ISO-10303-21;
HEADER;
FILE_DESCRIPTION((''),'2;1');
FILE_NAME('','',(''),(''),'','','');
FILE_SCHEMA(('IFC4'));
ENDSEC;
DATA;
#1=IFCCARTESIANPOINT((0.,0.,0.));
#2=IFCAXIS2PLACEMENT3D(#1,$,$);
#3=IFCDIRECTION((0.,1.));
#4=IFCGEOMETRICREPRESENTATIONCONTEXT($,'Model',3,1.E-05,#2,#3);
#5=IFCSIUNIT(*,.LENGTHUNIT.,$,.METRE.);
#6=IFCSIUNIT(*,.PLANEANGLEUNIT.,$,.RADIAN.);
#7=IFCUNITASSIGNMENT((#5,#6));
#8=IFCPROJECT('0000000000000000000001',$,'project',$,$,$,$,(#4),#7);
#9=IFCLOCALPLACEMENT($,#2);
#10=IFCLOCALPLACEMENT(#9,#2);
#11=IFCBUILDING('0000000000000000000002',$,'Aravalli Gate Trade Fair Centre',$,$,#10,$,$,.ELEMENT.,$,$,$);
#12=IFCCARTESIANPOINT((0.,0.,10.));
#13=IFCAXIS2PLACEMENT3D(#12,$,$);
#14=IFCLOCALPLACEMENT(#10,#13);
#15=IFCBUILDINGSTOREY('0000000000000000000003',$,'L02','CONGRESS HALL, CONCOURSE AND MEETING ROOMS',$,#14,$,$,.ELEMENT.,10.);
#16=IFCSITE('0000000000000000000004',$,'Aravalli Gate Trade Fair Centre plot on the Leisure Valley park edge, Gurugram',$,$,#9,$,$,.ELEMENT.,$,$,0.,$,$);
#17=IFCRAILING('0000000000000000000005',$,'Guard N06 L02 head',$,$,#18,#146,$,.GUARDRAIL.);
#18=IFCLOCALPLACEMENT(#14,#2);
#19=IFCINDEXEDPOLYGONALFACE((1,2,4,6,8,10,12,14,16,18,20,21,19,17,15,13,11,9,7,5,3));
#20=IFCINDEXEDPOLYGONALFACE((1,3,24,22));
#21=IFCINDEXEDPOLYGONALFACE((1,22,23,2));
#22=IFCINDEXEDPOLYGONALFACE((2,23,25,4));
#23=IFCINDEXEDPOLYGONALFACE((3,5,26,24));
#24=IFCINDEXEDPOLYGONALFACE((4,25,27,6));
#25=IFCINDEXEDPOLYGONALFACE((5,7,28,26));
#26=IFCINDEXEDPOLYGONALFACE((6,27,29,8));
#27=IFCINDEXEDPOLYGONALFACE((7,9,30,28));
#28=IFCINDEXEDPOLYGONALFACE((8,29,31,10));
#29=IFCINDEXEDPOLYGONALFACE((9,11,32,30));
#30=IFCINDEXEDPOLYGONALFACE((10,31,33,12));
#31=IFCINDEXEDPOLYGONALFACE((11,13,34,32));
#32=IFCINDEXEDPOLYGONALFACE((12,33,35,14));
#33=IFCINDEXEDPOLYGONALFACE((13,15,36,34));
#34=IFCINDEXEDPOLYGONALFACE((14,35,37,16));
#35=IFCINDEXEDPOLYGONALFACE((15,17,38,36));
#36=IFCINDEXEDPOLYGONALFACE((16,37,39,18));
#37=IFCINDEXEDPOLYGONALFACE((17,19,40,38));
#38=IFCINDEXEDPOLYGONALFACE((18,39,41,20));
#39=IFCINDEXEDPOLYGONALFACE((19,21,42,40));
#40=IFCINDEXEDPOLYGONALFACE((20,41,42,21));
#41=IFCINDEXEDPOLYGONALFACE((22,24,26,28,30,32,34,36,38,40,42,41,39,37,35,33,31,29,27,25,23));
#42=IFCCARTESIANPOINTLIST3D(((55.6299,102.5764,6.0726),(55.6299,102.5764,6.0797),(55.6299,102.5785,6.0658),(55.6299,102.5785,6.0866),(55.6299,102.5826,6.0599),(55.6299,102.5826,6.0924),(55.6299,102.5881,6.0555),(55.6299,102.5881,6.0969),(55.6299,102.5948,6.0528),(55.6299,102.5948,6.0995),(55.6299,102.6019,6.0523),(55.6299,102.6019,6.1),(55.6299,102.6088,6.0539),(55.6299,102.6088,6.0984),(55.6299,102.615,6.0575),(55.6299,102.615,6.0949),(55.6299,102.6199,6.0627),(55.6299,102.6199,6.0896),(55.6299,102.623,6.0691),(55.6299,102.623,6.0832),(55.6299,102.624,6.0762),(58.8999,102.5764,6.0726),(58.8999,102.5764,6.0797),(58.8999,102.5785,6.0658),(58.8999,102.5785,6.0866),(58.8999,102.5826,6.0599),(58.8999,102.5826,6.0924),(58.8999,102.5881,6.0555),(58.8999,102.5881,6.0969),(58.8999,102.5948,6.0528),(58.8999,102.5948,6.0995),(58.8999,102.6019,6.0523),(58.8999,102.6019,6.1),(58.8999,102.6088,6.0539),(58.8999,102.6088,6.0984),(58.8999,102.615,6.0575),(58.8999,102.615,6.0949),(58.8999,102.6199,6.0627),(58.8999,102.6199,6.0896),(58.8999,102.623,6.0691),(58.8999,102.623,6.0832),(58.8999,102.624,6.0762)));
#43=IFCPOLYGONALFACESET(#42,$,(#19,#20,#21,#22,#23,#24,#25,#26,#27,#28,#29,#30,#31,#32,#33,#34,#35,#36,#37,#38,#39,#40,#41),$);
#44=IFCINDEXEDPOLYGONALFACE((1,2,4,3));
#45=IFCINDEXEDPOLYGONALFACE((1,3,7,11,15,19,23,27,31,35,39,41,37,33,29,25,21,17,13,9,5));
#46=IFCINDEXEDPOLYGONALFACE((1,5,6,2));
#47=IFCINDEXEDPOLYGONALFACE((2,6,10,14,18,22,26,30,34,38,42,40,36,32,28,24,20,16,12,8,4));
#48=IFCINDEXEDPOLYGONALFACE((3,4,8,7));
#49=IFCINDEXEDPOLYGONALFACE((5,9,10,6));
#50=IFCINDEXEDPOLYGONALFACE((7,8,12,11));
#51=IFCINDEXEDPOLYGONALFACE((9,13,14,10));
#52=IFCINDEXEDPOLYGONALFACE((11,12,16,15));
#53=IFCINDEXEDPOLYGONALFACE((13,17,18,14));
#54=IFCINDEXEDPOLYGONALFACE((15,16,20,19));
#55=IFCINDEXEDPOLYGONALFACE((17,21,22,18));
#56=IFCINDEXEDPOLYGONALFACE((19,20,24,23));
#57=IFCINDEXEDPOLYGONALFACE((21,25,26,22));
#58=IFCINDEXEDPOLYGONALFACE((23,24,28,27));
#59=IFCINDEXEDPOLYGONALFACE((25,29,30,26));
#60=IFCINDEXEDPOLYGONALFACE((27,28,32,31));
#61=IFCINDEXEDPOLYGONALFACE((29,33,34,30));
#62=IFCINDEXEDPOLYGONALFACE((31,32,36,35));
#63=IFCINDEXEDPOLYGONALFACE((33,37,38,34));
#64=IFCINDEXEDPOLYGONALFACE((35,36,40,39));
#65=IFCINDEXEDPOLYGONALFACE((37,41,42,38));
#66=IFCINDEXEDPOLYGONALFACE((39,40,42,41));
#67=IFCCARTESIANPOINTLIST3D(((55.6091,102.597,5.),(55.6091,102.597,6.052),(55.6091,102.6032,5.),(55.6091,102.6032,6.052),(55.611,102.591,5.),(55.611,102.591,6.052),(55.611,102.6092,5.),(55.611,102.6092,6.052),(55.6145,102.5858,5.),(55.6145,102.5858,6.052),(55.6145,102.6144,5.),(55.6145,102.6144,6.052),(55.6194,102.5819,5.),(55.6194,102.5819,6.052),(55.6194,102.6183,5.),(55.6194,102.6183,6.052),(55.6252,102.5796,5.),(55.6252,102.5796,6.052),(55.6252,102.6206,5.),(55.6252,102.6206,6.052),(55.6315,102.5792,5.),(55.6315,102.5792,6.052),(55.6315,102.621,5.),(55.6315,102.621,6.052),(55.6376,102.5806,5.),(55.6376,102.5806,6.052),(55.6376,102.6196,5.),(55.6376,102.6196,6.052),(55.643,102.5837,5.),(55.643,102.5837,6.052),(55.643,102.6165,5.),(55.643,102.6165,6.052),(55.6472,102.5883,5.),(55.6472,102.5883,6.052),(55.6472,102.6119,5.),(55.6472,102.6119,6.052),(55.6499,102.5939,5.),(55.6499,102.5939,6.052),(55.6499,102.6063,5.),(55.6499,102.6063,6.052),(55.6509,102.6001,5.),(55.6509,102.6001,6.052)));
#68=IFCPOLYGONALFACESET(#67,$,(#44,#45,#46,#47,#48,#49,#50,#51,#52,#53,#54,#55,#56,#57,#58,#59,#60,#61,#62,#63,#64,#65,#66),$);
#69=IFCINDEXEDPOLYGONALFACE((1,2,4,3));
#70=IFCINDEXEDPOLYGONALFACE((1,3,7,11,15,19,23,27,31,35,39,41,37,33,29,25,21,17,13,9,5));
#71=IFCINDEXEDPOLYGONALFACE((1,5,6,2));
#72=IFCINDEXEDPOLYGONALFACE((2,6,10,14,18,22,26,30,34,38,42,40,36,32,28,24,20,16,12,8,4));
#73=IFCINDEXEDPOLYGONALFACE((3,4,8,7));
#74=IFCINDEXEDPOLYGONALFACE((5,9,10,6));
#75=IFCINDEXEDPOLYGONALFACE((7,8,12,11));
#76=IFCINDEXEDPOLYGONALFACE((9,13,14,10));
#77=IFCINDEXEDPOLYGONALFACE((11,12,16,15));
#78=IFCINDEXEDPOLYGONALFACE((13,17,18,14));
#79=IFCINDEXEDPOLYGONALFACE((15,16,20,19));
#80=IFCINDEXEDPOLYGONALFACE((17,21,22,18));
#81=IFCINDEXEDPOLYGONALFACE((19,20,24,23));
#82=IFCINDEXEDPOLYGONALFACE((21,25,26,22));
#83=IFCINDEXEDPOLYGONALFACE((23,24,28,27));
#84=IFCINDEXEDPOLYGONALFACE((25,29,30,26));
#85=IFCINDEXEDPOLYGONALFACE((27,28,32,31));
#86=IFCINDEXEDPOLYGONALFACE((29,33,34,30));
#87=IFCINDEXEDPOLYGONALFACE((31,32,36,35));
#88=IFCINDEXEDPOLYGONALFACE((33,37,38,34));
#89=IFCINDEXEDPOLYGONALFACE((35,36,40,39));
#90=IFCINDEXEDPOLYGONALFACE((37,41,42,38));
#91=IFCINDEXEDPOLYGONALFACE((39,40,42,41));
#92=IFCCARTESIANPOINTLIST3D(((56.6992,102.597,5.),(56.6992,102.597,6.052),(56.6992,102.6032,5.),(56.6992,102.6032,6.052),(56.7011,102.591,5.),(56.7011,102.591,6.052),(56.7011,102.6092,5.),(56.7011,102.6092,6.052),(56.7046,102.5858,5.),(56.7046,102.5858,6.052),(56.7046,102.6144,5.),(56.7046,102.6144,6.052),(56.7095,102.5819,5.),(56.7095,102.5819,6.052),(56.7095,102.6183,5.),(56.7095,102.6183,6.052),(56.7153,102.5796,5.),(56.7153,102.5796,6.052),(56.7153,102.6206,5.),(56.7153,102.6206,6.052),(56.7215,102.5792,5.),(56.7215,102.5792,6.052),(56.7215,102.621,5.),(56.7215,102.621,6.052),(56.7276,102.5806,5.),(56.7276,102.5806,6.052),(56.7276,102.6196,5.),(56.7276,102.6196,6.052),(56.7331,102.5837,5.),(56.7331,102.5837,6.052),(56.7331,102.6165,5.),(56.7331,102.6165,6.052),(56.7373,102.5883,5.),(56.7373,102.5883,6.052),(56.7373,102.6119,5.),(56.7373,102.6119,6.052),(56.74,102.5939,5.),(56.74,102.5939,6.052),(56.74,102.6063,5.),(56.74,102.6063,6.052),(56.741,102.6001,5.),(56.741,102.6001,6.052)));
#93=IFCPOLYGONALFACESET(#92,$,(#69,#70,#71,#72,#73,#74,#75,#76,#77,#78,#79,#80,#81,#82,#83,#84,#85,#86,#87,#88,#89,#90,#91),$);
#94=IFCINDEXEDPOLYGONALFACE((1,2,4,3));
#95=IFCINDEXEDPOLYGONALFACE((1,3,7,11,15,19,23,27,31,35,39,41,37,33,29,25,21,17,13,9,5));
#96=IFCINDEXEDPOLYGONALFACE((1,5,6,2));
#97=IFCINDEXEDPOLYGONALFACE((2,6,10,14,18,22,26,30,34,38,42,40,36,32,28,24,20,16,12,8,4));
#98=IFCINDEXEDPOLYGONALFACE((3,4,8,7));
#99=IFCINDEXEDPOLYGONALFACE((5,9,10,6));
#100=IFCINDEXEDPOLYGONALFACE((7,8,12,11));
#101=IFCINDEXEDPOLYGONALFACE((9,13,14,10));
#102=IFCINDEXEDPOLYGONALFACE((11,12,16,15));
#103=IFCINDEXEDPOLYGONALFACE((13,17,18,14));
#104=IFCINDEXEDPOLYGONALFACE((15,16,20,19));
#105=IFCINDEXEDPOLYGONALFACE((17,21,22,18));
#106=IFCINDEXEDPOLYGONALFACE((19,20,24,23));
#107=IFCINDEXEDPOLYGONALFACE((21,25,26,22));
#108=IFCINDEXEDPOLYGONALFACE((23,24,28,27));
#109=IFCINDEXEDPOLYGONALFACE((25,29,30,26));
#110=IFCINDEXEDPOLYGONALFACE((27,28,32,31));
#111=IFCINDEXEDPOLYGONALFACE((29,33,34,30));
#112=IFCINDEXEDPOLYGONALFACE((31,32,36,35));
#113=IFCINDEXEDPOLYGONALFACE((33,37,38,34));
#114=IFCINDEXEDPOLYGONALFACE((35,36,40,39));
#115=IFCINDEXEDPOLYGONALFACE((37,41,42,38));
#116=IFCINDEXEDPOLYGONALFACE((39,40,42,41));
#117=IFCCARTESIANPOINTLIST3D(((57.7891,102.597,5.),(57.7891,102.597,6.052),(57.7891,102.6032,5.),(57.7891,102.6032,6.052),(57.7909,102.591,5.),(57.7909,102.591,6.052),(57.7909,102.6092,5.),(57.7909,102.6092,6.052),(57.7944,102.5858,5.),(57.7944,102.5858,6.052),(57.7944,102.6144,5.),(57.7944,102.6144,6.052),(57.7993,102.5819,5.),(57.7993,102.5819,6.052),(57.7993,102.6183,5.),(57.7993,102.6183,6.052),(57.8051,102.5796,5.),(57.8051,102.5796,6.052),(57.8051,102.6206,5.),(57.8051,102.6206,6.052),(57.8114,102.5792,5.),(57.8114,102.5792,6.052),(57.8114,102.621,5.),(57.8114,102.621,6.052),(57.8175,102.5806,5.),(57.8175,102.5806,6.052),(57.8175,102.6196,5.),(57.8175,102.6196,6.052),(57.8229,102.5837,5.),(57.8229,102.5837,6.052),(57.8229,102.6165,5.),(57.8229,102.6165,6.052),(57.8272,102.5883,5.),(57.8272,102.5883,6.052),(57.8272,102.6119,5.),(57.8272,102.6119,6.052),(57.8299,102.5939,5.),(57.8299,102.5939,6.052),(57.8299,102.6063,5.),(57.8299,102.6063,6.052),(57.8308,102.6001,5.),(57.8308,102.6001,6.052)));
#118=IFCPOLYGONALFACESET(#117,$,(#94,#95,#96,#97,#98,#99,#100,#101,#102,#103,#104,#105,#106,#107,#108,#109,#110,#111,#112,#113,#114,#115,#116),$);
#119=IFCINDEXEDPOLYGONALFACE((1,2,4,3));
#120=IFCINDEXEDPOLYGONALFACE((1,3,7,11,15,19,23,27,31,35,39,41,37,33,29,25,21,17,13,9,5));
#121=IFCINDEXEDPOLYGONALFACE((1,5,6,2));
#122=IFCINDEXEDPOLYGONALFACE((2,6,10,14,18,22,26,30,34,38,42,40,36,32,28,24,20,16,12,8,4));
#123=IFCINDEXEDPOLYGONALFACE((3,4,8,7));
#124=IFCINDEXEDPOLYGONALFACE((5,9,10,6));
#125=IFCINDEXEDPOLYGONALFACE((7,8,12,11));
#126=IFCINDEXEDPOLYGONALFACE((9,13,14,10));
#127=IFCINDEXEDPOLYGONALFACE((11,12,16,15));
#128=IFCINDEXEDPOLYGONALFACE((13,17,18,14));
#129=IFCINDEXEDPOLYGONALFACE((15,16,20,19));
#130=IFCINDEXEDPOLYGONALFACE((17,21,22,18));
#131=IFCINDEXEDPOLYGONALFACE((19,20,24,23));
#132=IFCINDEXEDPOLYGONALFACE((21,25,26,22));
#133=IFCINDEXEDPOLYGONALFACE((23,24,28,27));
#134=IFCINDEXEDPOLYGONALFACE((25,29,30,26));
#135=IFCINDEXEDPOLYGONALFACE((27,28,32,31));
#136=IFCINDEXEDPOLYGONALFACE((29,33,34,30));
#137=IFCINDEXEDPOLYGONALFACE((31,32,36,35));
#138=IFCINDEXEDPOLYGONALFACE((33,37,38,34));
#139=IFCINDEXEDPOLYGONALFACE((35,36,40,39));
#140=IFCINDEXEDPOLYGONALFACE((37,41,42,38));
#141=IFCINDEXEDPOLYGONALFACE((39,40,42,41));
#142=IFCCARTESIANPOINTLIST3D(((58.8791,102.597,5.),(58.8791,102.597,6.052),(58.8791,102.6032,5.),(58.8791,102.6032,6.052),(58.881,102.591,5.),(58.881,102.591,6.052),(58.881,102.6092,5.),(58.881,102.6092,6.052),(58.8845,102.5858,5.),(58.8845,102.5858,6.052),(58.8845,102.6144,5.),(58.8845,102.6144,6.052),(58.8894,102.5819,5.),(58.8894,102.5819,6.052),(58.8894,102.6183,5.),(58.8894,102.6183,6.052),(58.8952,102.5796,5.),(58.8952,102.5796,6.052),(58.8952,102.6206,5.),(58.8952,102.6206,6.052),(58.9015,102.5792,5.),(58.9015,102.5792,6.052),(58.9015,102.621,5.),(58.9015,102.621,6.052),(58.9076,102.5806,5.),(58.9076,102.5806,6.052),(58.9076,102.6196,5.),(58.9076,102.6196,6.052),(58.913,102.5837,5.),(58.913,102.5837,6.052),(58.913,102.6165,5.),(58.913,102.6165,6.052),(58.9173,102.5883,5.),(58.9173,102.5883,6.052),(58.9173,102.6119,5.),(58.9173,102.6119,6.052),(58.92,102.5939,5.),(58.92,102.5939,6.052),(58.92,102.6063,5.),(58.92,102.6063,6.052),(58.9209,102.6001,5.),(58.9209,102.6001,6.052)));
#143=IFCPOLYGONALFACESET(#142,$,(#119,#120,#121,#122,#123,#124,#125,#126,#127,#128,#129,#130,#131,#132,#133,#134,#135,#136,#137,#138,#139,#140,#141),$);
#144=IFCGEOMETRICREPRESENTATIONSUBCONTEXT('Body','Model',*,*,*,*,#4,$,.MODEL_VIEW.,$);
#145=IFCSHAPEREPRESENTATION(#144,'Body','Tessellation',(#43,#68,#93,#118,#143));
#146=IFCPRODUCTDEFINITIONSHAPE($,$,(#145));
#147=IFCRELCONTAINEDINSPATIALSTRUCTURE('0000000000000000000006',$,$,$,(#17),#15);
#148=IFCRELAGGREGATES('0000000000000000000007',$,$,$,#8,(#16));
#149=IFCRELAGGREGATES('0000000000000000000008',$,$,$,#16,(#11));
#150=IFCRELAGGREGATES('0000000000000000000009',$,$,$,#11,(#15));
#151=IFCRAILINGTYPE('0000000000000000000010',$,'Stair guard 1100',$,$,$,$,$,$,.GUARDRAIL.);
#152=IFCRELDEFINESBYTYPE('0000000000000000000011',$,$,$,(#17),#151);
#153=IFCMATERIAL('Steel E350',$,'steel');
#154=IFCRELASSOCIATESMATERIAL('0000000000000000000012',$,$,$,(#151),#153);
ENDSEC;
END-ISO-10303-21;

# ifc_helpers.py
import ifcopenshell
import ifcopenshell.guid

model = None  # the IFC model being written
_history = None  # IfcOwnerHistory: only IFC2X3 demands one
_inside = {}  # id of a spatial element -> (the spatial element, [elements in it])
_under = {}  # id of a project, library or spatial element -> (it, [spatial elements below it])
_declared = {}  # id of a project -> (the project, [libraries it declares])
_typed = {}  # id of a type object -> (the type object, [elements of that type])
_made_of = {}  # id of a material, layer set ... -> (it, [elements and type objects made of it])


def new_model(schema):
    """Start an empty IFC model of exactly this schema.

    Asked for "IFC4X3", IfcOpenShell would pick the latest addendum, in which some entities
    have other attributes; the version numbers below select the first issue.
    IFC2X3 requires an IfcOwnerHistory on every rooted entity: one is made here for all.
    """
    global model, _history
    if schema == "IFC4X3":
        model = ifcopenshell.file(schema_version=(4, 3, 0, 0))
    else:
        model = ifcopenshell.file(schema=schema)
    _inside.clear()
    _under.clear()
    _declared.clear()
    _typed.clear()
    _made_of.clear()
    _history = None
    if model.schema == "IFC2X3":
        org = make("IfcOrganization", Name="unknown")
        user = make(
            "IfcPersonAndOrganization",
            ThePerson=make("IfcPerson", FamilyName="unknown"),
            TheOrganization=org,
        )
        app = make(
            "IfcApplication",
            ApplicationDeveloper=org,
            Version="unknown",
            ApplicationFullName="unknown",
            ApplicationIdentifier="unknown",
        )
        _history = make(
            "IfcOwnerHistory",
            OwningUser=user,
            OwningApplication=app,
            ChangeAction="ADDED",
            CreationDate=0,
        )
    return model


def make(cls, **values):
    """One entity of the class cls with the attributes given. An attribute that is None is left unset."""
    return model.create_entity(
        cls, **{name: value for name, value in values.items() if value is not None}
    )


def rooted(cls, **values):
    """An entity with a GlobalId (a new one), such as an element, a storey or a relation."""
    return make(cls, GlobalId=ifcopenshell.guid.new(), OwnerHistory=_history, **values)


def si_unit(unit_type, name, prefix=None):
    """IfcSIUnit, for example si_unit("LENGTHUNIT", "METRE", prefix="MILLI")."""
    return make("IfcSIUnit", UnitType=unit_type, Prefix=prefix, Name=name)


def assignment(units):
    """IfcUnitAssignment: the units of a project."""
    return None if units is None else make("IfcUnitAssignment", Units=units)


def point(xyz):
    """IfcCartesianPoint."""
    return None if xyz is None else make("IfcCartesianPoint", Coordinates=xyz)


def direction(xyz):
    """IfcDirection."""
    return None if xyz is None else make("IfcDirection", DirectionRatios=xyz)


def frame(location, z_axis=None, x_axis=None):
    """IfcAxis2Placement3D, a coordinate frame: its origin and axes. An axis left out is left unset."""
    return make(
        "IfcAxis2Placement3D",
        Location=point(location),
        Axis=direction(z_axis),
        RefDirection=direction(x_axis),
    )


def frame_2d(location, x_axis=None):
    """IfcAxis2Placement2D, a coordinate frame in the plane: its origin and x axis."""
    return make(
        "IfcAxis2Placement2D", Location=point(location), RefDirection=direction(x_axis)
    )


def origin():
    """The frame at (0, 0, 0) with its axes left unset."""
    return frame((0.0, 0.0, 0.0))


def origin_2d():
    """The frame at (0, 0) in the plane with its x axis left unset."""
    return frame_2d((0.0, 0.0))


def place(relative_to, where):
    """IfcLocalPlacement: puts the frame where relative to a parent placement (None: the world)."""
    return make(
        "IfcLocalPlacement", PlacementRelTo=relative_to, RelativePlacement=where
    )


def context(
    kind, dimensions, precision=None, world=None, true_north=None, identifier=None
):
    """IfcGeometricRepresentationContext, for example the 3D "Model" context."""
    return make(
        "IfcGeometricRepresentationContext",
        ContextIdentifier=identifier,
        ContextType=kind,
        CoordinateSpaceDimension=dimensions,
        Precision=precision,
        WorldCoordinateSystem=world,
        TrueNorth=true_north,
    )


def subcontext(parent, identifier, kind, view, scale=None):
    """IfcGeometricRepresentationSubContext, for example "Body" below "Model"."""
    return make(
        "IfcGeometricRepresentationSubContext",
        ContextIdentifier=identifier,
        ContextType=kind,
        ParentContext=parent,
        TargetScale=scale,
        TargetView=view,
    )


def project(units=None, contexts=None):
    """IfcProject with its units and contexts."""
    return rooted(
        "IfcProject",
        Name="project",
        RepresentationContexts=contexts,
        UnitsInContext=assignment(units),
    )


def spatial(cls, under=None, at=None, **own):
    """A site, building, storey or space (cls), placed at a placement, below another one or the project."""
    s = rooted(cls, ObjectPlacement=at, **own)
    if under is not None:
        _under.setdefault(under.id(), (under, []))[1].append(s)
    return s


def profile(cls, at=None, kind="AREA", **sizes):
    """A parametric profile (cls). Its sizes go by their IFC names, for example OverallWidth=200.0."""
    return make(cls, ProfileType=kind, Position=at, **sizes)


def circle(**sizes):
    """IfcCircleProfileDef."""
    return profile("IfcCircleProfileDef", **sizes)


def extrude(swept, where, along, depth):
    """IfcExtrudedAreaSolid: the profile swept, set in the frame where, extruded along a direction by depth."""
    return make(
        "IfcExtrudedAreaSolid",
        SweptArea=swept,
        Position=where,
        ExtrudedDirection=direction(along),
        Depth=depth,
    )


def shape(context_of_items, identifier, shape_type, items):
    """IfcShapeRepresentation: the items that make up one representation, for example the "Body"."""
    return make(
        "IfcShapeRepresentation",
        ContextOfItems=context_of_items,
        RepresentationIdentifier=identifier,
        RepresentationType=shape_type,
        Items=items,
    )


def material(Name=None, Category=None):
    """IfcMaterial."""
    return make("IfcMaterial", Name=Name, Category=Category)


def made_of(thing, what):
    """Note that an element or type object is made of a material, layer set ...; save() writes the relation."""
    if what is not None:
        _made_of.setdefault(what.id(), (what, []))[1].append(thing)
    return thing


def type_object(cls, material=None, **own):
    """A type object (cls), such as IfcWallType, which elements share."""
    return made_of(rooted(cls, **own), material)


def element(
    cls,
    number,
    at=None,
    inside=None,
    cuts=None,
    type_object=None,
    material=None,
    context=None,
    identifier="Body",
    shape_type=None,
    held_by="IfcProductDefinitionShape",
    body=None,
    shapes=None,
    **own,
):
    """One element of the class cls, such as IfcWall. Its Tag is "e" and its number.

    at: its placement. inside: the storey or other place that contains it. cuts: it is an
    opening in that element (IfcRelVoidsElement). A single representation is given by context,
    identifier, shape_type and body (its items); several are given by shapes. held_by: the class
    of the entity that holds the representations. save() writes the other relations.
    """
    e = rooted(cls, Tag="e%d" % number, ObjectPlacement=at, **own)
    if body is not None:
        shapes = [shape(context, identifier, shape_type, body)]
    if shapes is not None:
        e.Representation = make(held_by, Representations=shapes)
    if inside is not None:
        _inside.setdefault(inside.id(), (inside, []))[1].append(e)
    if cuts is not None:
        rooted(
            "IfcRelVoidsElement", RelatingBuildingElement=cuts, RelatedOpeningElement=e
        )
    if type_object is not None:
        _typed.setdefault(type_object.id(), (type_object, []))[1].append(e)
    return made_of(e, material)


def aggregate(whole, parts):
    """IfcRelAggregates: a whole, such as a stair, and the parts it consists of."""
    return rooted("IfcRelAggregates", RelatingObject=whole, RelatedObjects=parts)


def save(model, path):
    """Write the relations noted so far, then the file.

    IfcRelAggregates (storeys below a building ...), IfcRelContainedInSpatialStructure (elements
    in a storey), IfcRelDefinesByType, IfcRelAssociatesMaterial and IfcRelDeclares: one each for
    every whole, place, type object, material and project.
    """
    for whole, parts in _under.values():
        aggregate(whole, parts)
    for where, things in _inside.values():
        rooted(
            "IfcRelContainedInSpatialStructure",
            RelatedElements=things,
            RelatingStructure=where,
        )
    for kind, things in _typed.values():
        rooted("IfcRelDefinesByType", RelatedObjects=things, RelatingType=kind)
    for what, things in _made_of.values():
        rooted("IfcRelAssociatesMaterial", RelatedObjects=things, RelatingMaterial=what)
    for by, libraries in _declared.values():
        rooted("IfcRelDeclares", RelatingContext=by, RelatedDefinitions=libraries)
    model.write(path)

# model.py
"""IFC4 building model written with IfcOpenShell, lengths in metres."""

from ifc_helpers import new_model, si_unit, direction, frame, origin, origin_2d, place, context, subcontext, project, spatial, circle, extrude, material, type_object, element, save


model = new_model("IFC4")

# Units and contexts
model_context = context("Model", 3, precision=1e-05, world=origin(), true_north=direction((0.0, 1.0)))
body_context = subcontext(model_context, "Body", "Model", "MODEL_VIEW")
ifc_project = project(units=[si_unit("LENGTHUNIT", "METRE"), si_unit("PLANEANGLEUNIT", "RADIAN")], contexts=[model_context])

# Site, building, storey
site_placement = place(None, origin())
site = spatial("IfcSite", under=ifc_project, at=site_placement, Name="Aravalli Gate Trade Fair Centre plot on the Leisure Valley park edge, Gurugram", CompositionType="ELEMENT", RefElevation=0.0)
building_placement = place(site_placement, origin())
building = spatial("IfcBuilding", under=site, at=building_placement, Name="Aravalli Gate Trade Fair Centre", CompositionType="ELEMENT")
storey_placement = place(building_placement, frame((0.0, 0.0, 10.0)))
storey = spatial("IfcBuildingStorey", under=building, at=storey_placement, Name="L02", Description="CONGRESS HALL, CONCOURSE AND MEETING ROOMS", CompositionType="ELEMENT", Elevation=10.0)

# Shared definitions
ifc_material_1 = material(Name="Steel E350", Category="steel")

# Railing
railing_type_1 = type_object("IfcRailingType", Name="Stair guard 1100", PredefinedType="GUARDRAIL", material=ifc_material_1)
railing_placement = place(storey_placement, frame((55.6299, 102.6001, 5.0)))
element("IfcRailing", 1, at=railing_placement, inside=storey, type_object=railing_type_1, Name="Guard N06 L02 head", PredefinedType="GUARDRAIL", context=body_context, shape_type="SweptSolid", body=[
    extrude(circle(Radius=0.0239, at=origin_2d()), frame((0.0, 0.0, 1.0762), z_axis=(1.0, 0.0, 0.0), x_axis=(0.0, 1.0, 0.0)), (0.0, 0.0, 1.0), 3.27),
    extrude(circle(Radius=0.021, at=origin_2d()), origin(), (0.0, 0.0, 1.0), 1.052),
    extrude(circle(Radius=0.021, at=origin_2d()), frame((1.0901, 0.0, 0.0)), (0.0, 0.0, 1.0), 1.052),
    extrude(circle(Radius=0.021, at=origin_2d()), frame((2.1799, 0.0, 0.0)), (0.0, 0.0, 1.0), 1.052),
    extrude(circle(Radius=0.021, at=origin_2d()), frame((3.27, 0.0, 0.0)), (0.0, 0.0, 1.0), 1.052),
])

save(model, "model.ifc")
